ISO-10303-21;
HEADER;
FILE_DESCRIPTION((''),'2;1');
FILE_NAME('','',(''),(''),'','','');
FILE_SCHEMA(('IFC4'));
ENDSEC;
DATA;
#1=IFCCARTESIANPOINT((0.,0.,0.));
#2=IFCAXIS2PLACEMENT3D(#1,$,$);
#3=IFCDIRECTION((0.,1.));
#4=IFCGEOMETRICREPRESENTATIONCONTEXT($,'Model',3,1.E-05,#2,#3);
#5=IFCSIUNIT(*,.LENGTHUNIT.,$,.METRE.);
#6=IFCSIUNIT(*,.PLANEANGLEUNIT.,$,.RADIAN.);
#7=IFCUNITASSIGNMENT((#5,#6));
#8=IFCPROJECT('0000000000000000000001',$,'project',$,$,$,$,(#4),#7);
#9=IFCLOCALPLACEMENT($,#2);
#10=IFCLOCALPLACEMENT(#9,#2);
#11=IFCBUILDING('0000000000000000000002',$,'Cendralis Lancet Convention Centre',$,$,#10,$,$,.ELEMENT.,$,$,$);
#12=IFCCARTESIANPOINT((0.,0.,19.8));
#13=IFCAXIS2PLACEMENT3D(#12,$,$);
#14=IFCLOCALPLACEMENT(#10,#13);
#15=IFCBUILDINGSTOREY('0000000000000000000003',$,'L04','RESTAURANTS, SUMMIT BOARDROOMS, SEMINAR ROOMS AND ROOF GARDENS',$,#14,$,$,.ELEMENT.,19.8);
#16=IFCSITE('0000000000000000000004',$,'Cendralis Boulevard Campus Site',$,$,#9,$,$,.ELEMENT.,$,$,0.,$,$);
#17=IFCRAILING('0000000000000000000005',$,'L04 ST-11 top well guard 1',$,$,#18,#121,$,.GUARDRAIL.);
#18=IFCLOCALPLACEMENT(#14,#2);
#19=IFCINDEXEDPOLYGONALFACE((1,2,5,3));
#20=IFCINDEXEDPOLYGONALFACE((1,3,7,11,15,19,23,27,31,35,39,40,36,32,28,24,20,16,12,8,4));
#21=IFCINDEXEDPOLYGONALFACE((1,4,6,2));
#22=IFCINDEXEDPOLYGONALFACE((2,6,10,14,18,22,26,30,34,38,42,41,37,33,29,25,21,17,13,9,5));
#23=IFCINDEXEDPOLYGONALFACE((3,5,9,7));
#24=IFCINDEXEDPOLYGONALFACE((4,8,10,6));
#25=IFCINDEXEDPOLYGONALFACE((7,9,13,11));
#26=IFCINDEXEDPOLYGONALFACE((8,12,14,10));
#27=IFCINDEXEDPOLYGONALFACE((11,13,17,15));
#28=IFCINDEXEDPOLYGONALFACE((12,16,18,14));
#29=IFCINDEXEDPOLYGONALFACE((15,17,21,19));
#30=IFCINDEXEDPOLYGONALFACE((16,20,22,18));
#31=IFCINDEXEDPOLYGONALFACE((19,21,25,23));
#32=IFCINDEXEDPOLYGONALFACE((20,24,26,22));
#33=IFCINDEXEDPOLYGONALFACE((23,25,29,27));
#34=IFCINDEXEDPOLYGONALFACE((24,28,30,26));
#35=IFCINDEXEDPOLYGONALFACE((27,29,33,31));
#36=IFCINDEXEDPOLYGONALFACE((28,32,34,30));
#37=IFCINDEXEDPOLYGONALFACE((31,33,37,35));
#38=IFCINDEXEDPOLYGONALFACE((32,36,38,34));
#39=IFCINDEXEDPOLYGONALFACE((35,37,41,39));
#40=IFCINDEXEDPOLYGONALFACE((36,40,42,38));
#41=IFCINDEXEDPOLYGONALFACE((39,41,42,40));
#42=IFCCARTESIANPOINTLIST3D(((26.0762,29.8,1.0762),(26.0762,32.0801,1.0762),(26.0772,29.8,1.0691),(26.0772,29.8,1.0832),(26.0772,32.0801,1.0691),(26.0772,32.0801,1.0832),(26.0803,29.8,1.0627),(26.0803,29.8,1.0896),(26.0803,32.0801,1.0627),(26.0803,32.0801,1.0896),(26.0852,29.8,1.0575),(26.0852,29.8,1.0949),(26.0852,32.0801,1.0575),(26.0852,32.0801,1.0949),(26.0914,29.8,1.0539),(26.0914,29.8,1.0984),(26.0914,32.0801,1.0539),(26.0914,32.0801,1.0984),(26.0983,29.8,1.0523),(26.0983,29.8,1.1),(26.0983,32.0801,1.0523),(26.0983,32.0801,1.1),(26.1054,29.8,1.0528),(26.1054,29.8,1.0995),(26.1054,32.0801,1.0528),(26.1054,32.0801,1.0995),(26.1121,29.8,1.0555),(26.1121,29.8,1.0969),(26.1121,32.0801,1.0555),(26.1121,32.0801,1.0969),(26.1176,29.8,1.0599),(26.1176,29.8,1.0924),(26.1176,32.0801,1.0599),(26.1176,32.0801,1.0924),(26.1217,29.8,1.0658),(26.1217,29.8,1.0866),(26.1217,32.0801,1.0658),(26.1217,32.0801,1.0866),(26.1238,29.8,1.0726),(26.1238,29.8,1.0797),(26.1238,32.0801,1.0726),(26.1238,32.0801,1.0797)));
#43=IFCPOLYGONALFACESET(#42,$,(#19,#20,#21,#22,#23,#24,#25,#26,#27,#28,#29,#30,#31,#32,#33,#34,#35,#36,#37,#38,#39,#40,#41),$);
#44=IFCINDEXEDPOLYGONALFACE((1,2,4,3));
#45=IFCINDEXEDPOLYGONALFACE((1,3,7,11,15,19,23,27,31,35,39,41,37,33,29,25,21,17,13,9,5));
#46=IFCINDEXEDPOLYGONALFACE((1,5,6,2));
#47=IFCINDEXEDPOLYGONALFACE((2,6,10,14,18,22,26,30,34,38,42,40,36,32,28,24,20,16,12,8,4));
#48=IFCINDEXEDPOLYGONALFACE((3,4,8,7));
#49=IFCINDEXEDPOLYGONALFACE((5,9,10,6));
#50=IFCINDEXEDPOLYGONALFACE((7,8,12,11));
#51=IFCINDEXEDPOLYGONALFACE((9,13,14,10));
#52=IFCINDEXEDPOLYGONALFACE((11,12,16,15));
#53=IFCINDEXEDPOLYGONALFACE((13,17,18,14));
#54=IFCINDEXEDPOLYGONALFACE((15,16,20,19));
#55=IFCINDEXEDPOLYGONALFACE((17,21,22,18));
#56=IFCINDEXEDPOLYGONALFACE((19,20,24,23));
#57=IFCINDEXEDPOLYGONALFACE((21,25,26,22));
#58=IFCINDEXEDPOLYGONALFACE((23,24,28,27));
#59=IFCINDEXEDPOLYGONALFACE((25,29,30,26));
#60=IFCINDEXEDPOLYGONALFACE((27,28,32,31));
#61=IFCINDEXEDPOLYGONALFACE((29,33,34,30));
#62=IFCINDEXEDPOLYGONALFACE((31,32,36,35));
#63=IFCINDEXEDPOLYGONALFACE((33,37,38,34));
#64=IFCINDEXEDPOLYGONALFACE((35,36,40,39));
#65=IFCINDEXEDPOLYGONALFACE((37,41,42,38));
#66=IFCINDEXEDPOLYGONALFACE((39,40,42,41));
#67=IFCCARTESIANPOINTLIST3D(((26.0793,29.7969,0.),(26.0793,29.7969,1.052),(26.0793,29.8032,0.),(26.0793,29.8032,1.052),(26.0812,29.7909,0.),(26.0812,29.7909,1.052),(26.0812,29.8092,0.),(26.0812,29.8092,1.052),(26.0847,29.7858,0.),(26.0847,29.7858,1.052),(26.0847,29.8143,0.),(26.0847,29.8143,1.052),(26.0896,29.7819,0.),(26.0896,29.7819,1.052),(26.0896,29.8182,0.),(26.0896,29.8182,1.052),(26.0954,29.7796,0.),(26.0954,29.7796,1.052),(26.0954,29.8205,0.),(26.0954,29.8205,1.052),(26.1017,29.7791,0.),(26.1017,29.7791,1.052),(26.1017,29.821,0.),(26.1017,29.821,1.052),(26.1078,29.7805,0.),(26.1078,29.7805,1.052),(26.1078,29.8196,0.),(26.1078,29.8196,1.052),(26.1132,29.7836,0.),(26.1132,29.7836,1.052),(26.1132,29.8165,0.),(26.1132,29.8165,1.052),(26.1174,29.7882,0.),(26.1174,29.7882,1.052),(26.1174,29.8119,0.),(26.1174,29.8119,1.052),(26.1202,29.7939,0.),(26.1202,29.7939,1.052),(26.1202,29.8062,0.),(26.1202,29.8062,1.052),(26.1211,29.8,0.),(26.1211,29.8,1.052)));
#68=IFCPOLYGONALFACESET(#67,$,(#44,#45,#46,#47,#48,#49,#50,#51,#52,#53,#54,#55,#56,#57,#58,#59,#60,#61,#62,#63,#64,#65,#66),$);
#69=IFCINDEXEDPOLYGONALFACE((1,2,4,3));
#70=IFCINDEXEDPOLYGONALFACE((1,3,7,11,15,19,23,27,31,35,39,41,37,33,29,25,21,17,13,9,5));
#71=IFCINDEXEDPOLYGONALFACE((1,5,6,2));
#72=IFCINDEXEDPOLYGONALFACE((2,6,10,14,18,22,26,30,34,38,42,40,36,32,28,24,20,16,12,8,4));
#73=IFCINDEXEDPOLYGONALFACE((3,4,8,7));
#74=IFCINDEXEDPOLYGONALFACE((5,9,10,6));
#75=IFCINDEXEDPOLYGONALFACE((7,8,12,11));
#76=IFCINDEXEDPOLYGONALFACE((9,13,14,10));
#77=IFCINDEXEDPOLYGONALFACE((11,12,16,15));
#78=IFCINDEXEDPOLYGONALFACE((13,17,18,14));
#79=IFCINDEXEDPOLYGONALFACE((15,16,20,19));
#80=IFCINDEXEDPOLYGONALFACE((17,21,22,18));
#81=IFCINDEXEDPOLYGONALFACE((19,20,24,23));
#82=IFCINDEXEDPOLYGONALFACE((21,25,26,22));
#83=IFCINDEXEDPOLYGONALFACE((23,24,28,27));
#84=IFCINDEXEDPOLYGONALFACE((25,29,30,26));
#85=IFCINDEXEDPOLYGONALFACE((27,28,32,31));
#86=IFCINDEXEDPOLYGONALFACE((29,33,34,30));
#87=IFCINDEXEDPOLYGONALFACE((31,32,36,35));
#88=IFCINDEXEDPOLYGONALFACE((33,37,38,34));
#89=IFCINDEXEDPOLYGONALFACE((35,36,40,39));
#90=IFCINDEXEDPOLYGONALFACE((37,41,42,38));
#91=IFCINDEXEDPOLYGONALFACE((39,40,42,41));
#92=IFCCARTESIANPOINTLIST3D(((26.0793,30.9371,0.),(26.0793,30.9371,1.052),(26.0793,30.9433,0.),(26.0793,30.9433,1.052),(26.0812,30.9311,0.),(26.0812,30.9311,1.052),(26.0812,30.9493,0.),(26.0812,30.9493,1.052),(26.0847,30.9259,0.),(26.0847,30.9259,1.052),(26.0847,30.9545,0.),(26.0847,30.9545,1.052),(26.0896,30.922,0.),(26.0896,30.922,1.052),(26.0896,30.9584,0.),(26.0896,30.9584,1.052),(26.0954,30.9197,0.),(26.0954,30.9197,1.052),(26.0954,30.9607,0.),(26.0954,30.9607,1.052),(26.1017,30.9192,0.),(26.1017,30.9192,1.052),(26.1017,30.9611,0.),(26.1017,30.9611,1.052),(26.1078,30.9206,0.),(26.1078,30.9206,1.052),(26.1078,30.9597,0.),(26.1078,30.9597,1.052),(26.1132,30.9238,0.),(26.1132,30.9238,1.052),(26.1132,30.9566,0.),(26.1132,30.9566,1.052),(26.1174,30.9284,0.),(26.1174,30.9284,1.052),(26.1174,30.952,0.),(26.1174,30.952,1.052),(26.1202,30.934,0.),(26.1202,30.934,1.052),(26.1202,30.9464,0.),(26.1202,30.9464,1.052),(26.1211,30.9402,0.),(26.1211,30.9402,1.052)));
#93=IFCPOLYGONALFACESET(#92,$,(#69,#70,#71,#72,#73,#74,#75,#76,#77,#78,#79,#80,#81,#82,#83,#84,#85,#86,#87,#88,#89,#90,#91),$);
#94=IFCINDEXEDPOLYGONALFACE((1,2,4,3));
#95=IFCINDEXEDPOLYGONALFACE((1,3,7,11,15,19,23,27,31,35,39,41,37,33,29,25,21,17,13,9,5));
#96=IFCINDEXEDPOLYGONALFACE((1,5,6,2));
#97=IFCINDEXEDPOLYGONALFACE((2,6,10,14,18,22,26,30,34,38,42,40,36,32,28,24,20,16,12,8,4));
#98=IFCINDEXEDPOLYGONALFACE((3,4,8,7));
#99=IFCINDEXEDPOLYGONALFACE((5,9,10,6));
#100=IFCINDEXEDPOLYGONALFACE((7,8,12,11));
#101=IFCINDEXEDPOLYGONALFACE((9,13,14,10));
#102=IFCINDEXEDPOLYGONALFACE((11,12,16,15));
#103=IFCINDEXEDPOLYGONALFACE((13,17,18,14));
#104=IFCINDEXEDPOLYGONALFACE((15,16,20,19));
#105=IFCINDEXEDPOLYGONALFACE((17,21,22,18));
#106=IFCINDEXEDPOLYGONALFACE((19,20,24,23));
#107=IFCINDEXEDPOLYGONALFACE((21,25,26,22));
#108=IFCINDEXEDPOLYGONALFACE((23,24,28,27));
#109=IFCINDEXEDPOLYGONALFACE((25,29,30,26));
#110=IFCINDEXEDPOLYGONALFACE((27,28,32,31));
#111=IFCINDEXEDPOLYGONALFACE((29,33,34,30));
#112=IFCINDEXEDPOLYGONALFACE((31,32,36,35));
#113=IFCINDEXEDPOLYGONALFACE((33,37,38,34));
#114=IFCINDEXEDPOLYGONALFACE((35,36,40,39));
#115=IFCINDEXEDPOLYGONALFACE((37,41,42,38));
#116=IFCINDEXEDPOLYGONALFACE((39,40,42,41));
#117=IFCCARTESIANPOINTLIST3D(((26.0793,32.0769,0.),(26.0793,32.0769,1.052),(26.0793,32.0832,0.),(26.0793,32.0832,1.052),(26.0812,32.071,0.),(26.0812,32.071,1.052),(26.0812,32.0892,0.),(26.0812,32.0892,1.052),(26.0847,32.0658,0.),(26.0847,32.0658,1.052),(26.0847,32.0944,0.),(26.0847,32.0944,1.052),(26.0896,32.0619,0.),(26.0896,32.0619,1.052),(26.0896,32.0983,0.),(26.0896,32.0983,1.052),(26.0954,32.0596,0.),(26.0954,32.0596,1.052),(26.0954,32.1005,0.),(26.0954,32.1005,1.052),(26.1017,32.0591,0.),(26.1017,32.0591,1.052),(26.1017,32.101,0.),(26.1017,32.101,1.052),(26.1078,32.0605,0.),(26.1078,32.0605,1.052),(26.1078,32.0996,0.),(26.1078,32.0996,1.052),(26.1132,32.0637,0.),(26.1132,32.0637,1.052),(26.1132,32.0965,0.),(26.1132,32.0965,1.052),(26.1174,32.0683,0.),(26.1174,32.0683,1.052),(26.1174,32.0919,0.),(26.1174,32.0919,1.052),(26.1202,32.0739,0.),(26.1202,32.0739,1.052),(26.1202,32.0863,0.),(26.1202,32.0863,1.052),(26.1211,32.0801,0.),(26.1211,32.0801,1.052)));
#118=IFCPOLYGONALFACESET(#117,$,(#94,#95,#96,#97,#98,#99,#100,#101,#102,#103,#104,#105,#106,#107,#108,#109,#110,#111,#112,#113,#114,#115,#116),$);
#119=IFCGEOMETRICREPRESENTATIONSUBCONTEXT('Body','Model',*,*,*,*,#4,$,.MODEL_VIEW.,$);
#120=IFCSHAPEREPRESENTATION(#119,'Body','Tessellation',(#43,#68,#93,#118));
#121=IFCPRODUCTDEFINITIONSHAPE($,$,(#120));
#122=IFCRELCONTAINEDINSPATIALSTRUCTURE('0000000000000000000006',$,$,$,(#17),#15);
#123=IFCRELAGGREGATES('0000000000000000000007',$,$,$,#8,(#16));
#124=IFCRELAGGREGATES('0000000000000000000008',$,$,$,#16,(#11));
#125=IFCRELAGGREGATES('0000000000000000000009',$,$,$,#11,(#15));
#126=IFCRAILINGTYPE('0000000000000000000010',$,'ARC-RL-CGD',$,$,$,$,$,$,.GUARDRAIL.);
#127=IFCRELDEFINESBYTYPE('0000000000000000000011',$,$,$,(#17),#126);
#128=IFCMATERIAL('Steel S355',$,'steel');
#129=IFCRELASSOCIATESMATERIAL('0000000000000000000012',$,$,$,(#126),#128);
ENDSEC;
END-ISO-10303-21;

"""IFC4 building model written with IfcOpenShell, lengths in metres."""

from ifc_helpers import new_model, si_unit, direction, frame, origin, origin_2d, place, context, subcontext, project, spatial, circle, extrude, material, type_object, element, save


model = new_model("IFC4")

# Units and contexts
model_context = context("Model", 3, precision=1e-05, world=origin(), true_north=direction((0.0, 1.0)))
body_context = subcontext(model_context, "Body", "Model", "MODEL_VIEW")
ifc_project = project(units=[si_unit("LENGTHUNIT", "METRE"), si_unit("PLANEANGLEUNIT", "RADIAN")], contexts=[model_context])

# Site, building, storey
site_placement = place(None, origin())
site = spatial("IfcSite", under=ifc_project, at=site_placement, Name="Cendralis Boulevard Campus Site", CompositionType="ELEMENT", RefElevation=0.0)
building_placement = place(site_placement, origin())
building = spatial("IfcBuilding", under=site, at=building_placement, Name="Cendralis Lancet Convention Centre", CompositionType="ELEMENT")
storey_placement = place(building_placement, frame((0.0, 0.0, 19.8)))
storey = spatial("IfcBuildingStorey", under=building, at=storey_placement, Name="L04", Description="RESTAURANTS, SUMMIT BOARDROOMS, SEMINAR ROOMS AND ROOF GARDENS", CompositionType="ELEMENT", Elevation=19.8)

# Shared definitions
ifc_material_1 = material(Name="Steel S355", Category="steel")

# Railing
railing_type_1 = type_object("IfcRailingType", Name="ARC-RL-CGD", PredefinedType="GUARDRAIL", material=ifc_material_1)
railing_1_placement = place(storey_placement, frame((26.1001, 29.8, 0.0)))
element("IfcRailing", 1, at=railing_1_placement, inside=storey, type_object=railing_type_1, Name="L04 ST-11 top well guard 1", PredefinedType="GUARDRAIL", context=body_context, shape_type="SweptSolid", body=[
    extrude(circle(Radius=0.0239, at=origin_2d()), frame((0.0, 0.0, 1.0762), z_axis=(0.0, 1.0, 0.0), x_axis=(-1.0, 0.0, 0.0)), (0.0, 0.0, 1.0), 2.28),
    extrude(circle(Radius=0.021, at=origin_2d()), origin(), (0.0, 0.0, 1.0), 1.052),
    extrude(circle(Radius=0.021, at=origin_2d()), frame((0.0, 1.1401, 0.0)), (0.0, 0.0, 1.0), 1.052),
    extrude(circle(Radius=0.021, at=origin_2d()), frame((0.0, 2.28, 0.0)), (0.0, 0.0, 1.0), 1.052),
])

save(model, "model.ifc")
